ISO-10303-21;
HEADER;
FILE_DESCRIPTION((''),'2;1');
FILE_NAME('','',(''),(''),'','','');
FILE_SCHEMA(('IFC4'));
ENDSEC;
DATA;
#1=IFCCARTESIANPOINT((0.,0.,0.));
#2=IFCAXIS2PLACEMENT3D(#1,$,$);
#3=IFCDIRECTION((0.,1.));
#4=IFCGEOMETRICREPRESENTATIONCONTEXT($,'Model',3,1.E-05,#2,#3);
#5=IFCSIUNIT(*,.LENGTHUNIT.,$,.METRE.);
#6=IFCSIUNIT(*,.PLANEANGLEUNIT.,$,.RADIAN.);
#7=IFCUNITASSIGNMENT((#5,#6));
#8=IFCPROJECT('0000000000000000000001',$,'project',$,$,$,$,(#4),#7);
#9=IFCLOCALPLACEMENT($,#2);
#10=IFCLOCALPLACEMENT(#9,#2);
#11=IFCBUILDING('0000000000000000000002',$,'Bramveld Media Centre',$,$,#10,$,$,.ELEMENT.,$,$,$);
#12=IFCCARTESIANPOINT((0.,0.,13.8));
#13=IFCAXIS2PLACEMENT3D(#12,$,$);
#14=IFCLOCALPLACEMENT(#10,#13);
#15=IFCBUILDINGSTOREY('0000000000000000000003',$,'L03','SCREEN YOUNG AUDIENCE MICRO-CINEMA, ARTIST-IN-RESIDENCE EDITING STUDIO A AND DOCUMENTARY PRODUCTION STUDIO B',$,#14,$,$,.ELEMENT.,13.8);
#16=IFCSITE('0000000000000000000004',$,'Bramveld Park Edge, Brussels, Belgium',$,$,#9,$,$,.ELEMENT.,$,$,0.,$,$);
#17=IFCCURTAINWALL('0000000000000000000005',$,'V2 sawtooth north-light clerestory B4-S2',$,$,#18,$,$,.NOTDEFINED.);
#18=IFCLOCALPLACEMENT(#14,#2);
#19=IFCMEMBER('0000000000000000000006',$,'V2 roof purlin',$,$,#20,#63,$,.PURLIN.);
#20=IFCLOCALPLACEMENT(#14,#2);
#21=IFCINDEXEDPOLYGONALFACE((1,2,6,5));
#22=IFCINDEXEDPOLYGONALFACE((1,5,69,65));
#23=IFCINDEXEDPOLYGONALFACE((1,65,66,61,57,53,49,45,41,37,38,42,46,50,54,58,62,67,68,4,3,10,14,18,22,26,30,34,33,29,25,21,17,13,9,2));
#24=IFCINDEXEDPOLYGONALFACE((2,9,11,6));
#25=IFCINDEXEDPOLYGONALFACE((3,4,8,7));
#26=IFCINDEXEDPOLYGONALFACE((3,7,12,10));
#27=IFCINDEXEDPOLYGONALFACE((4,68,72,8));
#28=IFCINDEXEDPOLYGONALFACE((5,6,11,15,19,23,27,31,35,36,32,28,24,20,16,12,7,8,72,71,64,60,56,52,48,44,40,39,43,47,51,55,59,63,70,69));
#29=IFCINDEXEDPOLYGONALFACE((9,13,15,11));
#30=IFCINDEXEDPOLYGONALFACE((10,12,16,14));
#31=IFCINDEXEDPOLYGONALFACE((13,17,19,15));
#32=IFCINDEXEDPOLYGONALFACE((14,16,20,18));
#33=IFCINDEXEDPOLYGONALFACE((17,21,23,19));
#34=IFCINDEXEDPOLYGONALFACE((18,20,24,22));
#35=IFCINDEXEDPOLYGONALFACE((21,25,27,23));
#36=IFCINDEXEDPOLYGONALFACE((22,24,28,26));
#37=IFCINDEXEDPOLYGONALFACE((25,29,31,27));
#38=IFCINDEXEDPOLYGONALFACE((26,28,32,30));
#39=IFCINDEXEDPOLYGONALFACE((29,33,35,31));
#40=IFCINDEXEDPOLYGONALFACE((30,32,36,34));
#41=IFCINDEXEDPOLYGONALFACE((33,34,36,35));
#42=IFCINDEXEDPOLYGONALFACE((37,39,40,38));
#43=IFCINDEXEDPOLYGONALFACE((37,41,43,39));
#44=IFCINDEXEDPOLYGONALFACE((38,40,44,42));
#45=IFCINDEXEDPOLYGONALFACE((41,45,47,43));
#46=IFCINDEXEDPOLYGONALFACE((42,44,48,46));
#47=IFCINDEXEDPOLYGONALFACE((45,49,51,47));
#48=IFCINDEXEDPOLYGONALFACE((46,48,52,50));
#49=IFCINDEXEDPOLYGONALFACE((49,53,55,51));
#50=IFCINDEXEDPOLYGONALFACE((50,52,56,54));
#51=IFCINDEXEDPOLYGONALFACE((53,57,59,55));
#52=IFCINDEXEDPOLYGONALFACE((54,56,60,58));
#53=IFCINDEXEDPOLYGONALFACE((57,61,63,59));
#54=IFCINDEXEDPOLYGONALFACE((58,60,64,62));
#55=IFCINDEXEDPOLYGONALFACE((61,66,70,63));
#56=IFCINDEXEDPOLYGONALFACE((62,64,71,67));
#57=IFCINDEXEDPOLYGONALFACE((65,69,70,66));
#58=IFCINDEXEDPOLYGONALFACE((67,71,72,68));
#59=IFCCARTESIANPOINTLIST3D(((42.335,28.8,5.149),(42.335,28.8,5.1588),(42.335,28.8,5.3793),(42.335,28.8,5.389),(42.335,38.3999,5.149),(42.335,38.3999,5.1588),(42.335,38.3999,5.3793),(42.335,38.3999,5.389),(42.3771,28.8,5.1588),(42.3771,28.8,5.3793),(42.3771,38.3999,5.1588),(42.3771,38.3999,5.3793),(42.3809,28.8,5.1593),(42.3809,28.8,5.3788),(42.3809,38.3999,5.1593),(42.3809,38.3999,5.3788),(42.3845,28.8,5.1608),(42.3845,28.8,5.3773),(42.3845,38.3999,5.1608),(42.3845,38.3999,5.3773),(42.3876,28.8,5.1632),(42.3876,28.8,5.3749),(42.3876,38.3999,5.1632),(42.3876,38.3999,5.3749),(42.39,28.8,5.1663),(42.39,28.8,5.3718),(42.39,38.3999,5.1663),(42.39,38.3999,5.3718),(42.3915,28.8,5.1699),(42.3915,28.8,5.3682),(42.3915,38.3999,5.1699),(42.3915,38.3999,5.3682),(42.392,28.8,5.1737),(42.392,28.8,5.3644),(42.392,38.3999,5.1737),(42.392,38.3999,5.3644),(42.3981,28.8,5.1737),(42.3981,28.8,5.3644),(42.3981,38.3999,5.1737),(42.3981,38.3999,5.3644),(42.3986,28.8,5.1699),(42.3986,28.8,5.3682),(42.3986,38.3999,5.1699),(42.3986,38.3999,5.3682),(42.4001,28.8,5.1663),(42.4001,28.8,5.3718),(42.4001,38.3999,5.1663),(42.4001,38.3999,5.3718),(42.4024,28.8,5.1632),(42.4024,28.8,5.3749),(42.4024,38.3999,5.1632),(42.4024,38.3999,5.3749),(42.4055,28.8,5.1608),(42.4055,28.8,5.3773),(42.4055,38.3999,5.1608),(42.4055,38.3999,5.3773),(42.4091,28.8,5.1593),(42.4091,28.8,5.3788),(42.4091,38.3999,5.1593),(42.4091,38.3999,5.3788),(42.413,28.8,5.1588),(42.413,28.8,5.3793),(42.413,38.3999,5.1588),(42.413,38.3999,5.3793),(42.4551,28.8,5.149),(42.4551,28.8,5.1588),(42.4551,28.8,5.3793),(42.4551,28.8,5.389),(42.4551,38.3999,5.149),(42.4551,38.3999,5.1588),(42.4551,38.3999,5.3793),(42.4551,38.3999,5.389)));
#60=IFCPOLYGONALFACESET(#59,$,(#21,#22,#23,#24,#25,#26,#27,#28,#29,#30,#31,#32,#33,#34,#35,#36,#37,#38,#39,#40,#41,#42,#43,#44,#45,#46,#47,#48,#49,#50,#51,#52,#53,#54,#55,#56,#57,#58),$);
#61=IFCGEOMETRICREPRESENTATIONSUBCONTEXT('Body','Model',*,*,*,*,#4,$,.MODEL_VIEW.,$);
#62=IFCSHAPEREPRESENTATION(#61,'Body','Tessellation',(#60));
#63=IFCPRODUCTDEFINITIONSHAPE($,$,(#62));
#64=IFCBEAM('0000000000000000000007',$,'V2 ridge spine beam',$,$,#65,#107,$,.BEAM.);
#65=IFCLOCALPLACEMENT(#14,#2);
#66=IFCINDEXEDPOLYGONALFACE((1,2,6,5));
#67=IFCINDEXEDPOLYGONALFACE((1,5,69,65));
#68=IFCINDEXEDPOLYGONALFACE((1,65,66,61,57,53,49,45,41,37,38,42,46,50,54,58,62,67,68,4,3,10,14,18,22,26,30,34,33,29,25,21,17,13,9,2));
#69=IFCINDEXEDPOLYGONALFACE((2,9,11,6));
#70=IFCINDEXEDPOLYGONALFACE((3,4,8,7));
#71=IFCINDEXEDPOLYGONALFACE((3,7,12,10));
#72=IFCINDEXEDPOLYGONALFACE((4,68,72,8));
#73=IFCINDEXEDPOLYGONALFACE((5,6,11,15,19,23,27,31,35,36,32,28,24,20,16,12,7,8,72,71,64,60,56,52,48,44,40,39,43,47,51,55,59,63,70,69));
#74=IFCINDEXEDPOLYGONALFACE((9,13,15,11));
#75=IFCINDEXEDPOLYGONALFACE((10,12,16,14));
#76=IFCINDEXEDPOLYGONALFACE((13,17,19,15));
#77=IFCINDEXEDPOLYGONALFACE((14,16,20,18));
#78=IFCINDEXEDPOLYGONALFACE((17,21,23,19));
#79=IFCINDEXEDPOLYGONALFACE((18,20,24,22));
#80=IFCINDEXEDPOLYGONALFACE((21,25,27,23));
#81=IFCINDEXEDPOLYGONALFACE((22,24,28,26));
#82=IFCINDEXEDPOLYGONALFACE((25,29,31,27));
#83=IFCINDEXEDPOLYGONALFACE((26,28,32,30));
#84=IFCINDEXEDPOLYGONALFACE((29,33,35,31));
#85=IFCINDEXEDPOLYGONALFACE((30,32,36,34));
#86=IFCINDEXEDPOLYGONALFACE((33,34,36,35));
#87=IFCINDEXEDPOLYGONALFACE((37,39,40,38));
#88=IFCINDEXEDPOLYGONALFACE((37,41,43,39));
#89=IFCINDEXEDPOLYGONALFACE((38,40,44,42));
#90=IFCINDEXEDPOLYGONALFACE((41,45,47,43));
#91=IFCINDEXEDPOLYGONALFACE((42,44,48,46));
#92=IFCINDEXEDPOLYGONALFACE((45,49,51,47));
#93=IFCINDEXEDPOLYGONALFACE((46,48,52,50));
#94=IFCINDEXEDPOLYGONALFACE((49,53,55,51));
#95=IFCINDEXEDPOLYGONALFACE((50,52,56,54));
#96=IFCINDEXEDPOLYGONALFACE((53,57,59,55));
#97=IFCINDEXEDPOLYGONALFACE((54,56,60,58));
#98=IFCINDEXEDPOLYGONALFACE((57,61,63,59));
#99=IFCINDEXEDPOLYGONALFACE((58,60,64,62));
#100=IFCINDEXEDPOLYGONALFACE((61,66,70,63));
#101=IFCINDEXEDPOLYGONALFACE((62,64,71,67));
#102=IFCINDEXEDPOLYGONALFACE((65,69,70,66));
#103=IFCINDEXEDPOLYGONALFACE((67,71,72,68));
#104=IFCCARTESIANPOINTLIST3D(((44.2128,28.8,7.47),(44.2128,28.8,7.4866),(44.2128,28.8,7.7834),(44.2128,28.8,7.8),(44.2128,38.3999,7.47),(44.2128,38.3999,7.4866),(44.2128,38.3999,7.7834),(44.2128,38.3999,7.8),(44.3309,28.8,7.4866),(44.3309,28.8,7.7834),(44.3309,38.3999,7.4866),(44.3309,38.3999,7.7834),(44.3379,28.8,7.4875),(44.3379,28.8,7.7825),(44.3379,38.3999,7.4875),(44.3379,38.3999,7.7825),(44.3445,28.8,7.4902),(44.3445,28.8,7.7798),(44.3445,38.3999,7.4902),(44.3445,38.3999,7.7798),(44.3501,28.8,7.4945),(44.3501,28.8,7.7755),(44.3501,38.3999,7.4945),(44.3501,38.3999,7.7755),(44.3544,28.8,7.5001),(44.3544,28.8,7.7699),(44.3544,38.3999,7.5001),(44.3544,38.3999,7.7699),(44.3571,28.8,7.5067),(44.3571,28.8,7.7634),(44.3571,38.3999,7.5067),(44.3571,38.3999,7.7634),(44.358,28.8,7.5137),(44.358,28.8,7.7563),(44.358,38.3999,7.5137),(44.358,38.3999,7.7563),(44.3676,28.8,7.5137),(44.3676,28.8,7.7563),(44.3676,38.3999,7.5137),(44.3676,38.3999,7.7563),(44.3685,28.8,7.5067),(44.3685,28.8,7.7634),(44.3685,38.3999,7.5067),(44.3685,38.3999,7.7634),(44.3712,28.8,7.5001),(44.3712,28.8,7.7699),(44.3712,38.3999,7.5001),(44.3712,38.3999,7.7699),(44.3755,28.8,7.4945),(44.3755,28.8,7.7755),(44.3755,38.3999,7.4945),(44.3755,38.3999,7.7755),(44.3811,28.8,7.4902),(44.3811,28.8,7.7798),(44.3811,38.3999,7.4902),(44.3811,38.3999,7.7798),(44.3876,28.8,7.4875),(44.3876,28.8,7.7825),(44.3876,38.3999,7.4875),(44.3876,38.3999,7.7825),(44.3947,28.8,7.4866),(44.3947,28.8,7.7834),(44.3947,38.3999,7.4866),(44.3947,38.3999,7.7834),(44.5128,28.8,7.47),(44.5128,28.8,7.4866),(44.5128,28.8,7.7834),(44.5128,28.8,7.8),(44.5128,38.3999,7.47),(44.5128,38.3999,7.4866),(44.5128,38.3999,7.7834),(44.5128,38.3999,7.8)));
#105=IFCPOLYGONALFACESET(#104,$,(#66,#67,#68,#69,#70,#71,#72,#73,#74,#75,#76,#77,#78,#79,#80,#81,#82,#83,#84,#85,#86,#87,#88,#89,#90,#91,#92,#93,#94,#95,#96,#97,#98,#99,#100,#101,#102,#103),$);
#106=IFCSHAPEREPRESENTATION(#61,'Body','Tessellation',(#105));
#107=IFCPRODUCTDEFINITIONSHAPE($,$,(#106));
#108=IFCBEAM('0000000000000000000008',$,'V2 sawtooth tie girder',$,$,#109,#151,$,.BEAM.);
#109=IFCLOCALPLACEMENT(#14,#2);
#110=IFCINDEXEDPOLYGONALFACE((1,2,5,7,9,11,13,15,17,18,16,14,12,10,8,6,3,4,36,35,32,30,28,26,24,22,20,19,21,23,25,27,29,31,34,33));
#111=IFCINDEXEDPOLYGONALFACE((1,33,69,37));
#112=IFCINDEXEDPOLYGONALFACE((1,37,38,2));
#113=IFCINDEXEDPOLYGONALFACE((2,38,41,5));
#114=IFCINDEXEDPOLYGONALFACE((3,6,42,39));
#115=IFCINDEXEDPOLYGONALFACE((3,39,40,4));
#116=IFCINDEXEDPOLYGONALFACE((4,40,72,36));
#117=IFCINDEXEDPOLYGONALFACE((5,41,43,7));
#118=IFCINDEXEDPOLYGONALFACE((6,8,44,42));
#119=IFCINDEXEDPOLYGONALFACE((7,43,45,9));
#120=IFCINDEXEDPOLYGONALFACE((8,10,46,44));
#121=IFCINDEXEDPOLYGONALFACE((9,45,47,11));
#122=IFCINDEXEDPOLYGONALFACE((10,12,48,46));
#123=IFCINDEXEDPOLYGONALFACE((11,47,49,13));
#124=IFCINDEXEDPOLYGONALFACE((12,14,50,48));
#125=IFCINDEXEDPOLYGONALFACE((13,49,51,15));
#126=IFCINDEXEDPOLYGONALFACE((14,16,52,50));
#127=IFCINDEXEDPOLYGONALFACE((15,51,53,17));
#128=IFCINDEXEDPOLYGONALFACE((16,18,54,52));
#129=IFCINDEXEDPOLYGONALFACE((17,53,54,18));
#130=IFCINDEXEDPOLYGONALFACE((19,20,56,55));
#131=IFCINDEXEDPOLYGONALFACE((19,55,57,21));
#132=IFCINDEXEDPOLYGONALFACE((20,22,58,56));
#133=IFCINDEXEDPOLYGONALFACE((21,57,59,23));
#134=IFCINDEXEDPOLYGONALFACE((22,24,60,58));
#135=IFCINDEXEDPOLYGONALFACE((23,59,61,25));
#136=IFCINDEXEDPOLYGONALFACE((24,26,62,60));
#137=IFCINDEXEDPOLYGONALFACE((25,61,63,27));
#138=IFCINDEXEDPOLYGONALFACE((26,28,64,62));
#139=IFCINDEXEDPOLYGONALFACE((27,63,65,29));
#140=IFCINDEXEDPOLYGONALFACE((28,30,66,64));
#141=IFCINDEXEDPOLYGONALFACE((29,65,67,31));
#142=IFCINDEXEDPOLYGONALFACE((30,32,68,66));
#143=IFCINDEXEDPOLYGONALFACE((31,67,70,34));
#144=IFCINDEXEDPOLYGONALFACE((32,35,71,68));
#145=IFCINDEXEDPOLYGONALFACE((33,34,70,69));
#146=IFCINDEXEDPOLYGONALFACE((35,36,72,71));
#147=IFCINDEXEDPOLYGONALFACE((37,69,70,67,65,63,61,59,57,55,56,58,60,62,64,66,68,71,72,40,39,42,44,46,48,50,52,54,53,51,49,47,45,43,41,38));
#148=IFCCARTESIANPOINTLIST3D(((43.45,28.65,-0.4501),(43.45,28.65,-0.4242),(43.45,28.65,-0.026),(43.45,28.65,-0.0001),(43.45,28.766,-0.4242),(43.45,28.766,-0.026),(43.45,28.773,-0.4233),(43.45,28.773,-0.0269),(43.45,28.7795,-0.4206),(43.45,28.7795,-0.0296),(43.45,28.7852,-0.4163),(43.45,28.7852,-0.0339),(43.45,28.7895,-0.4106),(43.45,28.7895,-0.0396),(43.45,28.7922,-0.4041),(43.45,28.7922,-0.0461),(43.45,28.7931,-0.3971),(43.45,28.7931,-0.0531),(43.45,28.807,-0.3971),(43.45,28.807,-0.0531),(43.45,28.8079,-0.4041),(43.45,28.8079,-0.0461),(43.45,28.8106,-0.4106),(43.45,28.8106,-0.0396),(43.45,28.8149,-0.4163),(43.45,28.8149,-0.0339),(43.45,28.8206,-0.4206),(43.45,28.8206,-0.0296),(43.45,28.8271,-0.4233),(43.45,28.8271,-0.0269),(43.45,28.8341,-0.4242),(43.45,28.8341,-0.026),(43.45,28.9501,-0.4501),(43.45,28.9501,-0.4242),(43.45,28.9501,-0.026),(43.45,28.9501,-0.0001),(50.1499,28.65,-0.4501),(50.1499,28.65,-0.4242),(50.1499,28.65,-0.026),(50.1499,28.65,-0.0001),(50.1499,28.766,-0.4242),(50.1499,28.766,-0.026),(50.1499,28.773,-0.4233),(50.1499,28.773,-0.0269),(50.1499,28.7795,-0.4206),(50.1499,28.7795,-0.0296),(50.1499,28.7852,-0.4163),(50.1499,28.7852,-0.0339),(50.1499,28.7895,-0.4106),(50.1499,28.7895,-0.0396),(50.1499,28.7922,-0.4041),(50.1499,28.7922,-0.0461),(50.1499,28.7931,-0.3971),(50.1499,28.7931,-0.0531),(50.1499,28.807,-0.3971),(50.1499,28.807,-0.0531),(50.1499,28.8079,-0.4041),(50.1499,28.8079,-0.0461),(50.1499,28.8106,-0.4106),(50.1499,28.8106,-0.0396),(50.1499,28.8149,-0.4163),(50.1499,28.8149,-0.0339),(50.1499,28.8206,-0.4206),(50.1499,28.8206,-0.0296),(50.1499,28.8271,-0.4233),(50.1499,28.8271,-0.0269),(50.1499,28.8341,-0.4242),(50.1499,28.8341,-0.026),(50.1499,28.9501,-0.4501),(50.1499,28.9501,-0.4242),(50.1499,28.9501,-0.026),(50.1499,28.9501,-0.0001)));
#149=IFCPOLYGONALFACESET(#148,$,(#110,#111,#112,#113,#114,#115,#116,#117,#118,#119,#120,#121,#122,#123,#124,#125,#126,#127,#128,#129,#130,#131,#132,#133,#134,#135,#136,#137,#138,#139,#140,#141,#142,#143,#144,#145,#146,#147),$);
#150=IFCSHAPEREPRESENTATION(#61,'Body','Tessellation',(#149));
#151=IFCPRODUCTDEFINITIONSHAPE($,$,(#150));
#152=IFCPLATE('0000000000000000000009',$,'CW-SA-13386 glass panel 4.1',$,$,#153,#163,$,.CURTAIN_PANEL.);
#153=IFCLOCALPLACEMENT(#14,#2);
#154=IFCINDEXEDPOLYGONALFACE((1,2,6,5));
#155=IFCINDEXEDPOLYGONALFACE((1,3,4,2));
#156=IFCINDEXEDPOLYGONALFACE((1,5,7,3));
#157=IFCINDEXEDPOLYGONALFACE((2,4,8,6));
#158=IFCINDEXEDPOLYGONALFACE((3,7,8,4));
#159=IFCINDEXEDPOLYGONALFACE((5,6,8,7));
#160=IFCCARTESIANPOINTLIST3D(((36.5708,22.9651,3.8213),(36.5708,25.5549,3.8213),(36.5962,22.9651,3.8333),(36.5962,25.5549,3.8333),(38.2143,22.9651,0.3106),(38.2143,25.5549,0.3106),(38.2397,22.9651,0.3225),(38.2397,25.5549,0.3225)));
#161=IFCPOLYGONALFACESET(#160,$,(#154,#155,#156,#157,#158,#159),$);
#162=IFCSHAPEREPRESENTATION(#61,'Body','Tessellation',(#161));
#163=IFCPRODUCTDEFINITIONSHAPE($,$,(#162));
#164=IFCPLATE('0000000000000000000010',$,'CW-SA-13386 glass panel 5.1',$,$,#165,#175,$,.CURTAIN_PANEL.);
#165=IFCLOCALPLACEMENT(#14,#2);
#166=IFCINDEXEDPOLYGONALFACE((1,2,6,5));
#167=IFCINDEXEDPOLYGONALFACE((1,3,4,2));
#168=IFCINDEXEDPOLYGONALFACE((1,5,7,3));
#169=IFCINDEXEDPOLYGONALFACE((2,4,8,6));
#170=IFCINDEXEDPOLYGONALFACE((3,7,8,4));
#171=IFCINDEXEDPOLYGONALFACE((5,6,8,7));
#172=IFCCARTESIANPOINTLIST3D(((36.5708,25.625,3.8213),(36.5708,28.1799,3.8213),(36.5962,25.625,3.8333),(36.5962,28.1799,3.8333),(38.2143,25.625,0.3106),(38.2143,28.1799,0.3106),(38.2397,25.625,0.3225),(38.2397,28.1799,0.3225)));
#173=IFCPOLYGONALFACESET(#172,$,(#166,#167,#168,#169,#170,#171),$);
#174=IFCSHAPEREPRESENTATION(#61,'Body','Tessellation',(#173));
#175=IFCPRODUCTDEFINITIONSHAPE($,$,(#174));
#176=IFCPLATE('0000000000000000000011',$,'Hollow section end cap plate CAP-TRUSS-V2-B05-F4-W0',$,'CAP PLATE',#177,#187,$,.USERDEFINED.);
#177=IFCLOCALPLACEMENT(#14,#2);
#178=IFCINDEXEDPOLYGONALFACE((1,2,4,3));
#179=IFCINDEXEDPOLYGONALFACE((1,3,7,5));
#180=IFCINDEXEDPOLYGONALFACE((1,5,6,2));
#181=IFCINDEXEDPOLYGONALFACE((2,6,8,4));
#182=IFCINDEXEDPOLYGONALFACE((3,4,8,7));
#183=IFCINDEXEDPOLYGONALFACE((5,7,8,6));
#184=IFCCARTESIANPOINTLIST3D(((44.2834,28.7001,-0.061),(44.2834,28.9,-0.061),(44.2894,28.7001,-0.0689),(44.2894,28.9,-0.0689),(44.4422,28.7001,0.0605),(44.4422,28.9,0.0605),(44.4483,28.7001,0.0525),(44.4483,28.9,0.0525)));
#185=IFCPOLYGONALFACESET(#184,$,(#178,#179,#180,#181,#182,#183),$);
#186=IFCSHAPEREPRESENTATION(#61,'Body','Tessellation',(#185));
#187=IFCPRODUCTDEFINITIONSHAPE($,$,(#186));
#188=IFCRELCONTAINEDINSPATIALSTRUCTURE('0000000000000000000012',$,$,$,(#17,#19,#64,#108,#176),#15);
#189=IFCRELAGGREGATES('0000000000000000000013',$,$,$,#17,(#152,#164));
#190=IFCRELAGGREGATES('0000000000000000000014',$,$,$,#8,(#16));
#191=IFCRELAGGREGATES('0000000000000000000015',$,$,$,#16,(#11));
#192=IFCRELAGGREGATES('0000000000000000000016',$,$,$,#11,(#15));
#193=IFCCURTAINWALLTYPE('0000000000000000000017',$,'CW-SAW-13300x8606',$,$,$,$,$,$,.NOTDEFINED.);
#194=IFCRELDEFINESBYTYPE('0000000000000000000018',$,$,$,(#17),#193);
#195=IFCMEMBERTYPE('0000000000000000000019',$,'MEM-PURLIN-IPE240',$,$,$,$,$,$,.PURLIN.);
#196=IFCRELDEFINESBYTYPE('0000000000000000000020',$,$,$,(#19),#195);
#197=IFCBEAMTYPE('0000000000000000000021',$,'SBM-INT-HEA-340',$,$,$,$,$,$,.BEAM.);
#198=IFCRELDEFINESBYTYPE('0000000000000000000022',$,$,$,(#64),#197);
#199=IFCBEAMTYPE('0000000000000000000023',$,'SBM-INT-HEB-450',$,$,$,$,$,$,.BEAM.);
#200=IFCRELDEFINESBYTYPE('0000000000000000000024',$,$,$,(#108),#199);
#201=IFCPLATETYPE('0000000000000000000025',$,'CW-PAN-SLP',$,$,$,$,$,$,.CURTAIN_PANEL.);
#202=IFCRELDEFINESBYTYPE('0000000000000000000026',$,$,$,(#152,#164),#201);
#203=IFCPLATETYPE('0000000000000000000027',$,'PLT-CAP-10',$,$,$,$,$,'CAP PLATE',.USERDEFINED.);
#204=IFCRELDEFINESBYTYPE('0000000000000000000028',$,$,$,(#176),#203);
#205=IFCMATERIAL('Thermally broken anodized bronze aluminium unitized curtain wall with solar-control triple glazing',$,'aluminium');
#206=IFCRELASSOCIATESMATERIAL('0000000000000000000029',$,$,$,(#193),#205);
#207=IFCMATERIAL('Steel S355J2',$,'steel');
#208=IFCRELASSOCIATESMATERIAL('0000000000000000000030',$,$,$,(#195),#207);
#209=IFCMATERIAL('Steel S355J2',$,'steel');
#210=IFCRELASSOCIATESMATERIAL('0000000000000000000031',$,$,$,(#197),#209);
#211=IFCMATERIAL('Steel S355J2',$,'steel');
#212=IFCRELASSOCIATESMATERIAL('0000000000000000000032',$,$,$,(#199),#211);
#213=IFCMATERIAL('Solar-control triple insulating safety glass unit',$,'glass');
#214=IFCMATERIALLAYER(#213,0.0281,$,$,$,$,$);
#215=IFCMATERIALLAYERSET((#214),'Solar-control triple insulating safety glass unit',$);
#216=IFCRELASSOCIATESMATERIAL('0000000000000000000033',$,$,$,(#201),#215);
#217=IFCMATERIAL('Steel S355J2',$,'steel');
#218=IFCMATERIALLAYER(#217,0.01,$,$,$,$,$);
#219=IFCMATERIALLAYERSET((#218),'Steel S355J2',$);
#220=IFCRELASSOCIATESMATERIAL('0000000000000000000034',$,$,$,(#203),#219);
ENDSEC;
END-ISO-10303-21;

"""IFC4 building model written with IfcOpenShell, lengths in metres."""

from ifc_helpers import new_model, si_unit, direction, frame, origin, origin_2d, place, context, subcontext, project, spatial, polyline, rectangle, i_section, outline, extrude, material, layer, layer_set, material_profile, profile_set, type_object, element, aggregate, save


model = new_model("IFC4")

# Units and contexts
model_context = context("Model", 3, precision=1e-05, world=origin(), true_north=direction((0.0, 1.0)))
body_context = subcontext(model_context, "Body", "Model", "MODEL_VIEW")
ifc_project = project(units=[si_unit("LENGTHUNIT", "METRE"), si_unit("PLANEANGLEUNIT", "RADIAN")], contexts=[model_context])

# Site, building, storey
site_placement = place(None, origin())
site = spatial("IfcSite", under=ifc_project, at=site_placement, Name="Bramveld Park Edge, Brussels, Belgium", CompositionType="ELEMENT", RefElevation=0.0)
building_placement = place(site_placement, origin())
building = spatial("IfcBuilding", under=site, at=building_placement, Name="Bramveld Media Centre", CompositionType="ELEMENT")
storey_placement = place(building_placement, frame((0.0, 0.0, 13.8)))
storey = spatial("IfcBuildingStorey", under=building, at=storey_placement, Name="L03", Description="SCREEN YOUNG AUDIENCE MICRO-CINEMA, ARTIST-IN-RESIDENCE EDITING STUDIO A AND DOCUMENTARY PRODUCTION STUDIO B", CompositionType="ELEMENT", Elevation=13.8)

# Curtain wall
ifc_material_1 = material(Name="Thermally broken anodized bronze aluminium unitized curtain wall with solar-control triple glazing", Category="aluminium")
curtain_wall_type = type_object("IfcCurtainWallType", Name="CW-SAW-13300x8606", PredefinedType="NOTDEFINED", material=ifc_material_1)
curtain_wall_placement = place(storey_placement, origin())
curtain_wall = element("IfcCurtainWall", 1, at=curtain_wall_placement, inside=storey, type_object=curtain_wall_type, Name="V2 sawtooth north-light clerestory B4-S2", PredefinedType="NOTDEFINED")

# Member
ifc_material_2 = material(Name="Steel S355J2", Category="steel")
ifc_material_profile_1 = material_profile(ifc_material_2, i_section(OverallWidth=0.1201, OverallDepth=0.24, WebThickness=0.0061, FlangeThickness=0.0098, FilletRadius=0.0149, at=origin_2d()), Name="IPE 240")
ifc_profile_set_1 = profile_set([ifc_material_profile_1], Name="Steel S355J2")
member_type_1 = type_object("IfcMemberType", Name="MEM-PURLIN-IPE240", PredefinedType="PURLIN", material=ifc_profile_set_1)
member_1_placement = place(storey_placement, frame((42.395, 28.8, 5.269), z_axis=(0.0, 1.0, 0.0), x_axis=(-1.0, 0.0, 0.0)))
element("IfcMember", 2, at=member_1_placement, inside=storey, type_object=member_type_1, Name="V2 roof purlin", PredefinedType="PURLIN", context=body_context, shape_type="SweptSolid", body=[
    extrude(i_section(OverallWidth=0.1201, OverallDepth=0.24, WebThickness=0.0061, FlangeThickness=0.0098, FilletRadius=0.0149, at=origin_2d()), origin(), (0.0, 0.0, 1.0), 9.5999),
])

# Beams
ifc_material_3 = material(Name="Steel S355J2", Category="steel")
ifc_material_profile_2 = material_profile(ifc_material_3, i_section(OverallWidth=0.3, OverallDepth=0.3301, WebThickness=0.0095, FlangeThickness=0.0166, FilletRadius=0.0271, at=origin_2d()), Name="HEA 340")
ifc_profile_set_2 = profile_set([ifc_material_profile_2], Name="Steel S355J2")
beam_type_1 = type_object("IfcBeamType", Name="SBM-INT-HEA-340", PredefinedType="BEAM", material=ifc_profile_set_2)
beam_1_placement = place(storey_placement, frame((44.3628, 28.8, 7.635), z_axis=(0.0, 1.0, 0.0), x_axis=(-1.0, 0.0, 0.0)))
element("IfcBeam", 3, at=beam_1_placement, inside=storey, type_object=beam_type_1, Name="V2 ridge spine beam", PredefinedType="BEAM", context=body_context, shape_type="SweptSolid", body=[
    extrude(i_section(OverallWidth=0.3, OverallDepth=0.3301, WebThickness=0.0095, FlangeThickness=0.0166, FilletRadius=0.0271, at=origin_2d()), origin(), (0.0, 0.0, 1.0), 9.5999),
])
ifc_material_4 = material(Name="Steel S355J2", Category="steel")
ifc_material_profile_3 = material_profile(ifc_material_4, i_section(OverallWidth=0.3, OverallDepth=0.45, WebThickness=0.0139, FlangeThickness=0.0259, FilletRadius=0.0271, at=origin_2d()), Name="HEB 450")
ifc_profile_set_3 = profile_set([ifc_material_profile_3], Name="Steel S355J2")
beam_type_2 = type_object("IfcBeamType", Name="SBM-INT-HEB-450", PredefinedType="BEAM", material=ifc_profile_set_3)
beam_2_placement = place(storey_placement, frame((43.45, 28.8, -0.2251), z_axis=(1.0, 0.0, 0.0), x_axis=(0.0, 1.0, 0.0)))
element("IfcBeam", 4, at=beam_2_placement, inside=storey, type_object=beam_type_2, Name="V2 sawtooth tie girder", PredefinedType="BEAM", context=body_context, shape_type="SweptSolid", body=[
    extrude(i_section(OverallWidth=0.3, OverallDepth=0.45, WebThickness=0.0139, FlangeThickness=0.0259, FilletRadius=0.0271, at=origin_2d()), origin(), (0.0, 0.0, 1.0), 6.7),
])

# Plates
ifc_material_5 = material(Name="Solar-control triple insulating safety glass unit", Category="glass")
ifc_layer_1 = layer(ifc_material_5, 0.0281)
ifc_layer_set_1 = layer_set([ifc_layer_1], Name="Solar-control triple insulating safety glass unit")
plate_type_1 = type_object("IfcPlateType", Name="CW-PAN-SLP", PredefinedType="CURTAIN_PANEL", material=ifc_layer_set_1)
plate_1_placement = place(storey_placement, frame((38.2397, 22.9651, 0.3225), z_axis=(0.905668, 0.0, 0.423988), x_axis=(0.0, 1.0, 0.0)))
plate_1 = element("IfcPlate", 5, at=plate_1_placement, type_object=plate_type_1, Name="CW-SA-13386 glass panel 4.1", PredefinedType="CURTAIN_PANEL", context=body_context, shape_type="SweptSolid", body=[
    extrude(outline(polyline([(0.0, 0.0), (2.5898, 0.0), (2.5898, 3.8764), (0.0, 3.8764), (0.0, 0.0)])), origin(), (0.0, 0.0, -1.0), 0.0281),
])
plate_2_placement = place(storey_placement, frame((38.2397, 25.625, 0.3225), z_axis=(0.905668, 0.0, 0.423988), x_axis=(0.0, 1.0, 0.0)))
plate_2 = element("IfcPlate", 6, at=plate_2_placement, type_object=plate_type_1, Name="CW-SA-13386 glass panel 5.1", PredefinedType="CURTAIN_PANEL", context=body_context, shape_type="SweptSolid", body=[
    extrude(outline(polyline([(0.0, 0.0), (2.5549, 0.0), (2.5549, 3.8764), (0.0, 3.8764), (0.0, 0.0)])), origin(), (0.0, 0.0, -1.0), 0.0281),
])
aggregate(curtain_wall, [plate_1, plate_2])

# Plate
ifc_material_6 = material(Name="Steel S355J2", Category="steel")
ifc_layer_2 = layer(ifc_material_6, 0.01)
ifc_layer_set_2 = layer_set([ifc_layer_2], Name="Steel S355J2")
plate_type_2 = type_object("IfcPlateType", Name="PLT-CAP-10", ElementType="CAP PLATE", PredefinedType="USERDEFINED", material=ifc_layer_set_2)
for number, where, z_axis, x_axis, name in (
    (7, (44.3628, 28.8, -0.0002), (0.607328, 0.0, -0.794451), (0.0, 1.0, 0.0), "Hollow section end cap plate CAP-TRUSS-V2-B05-F4-W0"),
):
    element("IfcPlate", number, at=place(storey_placement, frame(where, z_axis=z_axis, x_axis=x_axis)), inside=storey, type_object=plate_type_2, Name=name, ObjectType="CAP PLATE", PredefinedType="USERDEFINED", context=body_context, shape_type="SweptSolid", body=[
        extrude(rectangle(XDim=0.2, YDim=0.2, at=origin_2d()), origin(), (0.0, 0.0, 1.0), 0.01),
    ])

save(model, "model.ifc")
